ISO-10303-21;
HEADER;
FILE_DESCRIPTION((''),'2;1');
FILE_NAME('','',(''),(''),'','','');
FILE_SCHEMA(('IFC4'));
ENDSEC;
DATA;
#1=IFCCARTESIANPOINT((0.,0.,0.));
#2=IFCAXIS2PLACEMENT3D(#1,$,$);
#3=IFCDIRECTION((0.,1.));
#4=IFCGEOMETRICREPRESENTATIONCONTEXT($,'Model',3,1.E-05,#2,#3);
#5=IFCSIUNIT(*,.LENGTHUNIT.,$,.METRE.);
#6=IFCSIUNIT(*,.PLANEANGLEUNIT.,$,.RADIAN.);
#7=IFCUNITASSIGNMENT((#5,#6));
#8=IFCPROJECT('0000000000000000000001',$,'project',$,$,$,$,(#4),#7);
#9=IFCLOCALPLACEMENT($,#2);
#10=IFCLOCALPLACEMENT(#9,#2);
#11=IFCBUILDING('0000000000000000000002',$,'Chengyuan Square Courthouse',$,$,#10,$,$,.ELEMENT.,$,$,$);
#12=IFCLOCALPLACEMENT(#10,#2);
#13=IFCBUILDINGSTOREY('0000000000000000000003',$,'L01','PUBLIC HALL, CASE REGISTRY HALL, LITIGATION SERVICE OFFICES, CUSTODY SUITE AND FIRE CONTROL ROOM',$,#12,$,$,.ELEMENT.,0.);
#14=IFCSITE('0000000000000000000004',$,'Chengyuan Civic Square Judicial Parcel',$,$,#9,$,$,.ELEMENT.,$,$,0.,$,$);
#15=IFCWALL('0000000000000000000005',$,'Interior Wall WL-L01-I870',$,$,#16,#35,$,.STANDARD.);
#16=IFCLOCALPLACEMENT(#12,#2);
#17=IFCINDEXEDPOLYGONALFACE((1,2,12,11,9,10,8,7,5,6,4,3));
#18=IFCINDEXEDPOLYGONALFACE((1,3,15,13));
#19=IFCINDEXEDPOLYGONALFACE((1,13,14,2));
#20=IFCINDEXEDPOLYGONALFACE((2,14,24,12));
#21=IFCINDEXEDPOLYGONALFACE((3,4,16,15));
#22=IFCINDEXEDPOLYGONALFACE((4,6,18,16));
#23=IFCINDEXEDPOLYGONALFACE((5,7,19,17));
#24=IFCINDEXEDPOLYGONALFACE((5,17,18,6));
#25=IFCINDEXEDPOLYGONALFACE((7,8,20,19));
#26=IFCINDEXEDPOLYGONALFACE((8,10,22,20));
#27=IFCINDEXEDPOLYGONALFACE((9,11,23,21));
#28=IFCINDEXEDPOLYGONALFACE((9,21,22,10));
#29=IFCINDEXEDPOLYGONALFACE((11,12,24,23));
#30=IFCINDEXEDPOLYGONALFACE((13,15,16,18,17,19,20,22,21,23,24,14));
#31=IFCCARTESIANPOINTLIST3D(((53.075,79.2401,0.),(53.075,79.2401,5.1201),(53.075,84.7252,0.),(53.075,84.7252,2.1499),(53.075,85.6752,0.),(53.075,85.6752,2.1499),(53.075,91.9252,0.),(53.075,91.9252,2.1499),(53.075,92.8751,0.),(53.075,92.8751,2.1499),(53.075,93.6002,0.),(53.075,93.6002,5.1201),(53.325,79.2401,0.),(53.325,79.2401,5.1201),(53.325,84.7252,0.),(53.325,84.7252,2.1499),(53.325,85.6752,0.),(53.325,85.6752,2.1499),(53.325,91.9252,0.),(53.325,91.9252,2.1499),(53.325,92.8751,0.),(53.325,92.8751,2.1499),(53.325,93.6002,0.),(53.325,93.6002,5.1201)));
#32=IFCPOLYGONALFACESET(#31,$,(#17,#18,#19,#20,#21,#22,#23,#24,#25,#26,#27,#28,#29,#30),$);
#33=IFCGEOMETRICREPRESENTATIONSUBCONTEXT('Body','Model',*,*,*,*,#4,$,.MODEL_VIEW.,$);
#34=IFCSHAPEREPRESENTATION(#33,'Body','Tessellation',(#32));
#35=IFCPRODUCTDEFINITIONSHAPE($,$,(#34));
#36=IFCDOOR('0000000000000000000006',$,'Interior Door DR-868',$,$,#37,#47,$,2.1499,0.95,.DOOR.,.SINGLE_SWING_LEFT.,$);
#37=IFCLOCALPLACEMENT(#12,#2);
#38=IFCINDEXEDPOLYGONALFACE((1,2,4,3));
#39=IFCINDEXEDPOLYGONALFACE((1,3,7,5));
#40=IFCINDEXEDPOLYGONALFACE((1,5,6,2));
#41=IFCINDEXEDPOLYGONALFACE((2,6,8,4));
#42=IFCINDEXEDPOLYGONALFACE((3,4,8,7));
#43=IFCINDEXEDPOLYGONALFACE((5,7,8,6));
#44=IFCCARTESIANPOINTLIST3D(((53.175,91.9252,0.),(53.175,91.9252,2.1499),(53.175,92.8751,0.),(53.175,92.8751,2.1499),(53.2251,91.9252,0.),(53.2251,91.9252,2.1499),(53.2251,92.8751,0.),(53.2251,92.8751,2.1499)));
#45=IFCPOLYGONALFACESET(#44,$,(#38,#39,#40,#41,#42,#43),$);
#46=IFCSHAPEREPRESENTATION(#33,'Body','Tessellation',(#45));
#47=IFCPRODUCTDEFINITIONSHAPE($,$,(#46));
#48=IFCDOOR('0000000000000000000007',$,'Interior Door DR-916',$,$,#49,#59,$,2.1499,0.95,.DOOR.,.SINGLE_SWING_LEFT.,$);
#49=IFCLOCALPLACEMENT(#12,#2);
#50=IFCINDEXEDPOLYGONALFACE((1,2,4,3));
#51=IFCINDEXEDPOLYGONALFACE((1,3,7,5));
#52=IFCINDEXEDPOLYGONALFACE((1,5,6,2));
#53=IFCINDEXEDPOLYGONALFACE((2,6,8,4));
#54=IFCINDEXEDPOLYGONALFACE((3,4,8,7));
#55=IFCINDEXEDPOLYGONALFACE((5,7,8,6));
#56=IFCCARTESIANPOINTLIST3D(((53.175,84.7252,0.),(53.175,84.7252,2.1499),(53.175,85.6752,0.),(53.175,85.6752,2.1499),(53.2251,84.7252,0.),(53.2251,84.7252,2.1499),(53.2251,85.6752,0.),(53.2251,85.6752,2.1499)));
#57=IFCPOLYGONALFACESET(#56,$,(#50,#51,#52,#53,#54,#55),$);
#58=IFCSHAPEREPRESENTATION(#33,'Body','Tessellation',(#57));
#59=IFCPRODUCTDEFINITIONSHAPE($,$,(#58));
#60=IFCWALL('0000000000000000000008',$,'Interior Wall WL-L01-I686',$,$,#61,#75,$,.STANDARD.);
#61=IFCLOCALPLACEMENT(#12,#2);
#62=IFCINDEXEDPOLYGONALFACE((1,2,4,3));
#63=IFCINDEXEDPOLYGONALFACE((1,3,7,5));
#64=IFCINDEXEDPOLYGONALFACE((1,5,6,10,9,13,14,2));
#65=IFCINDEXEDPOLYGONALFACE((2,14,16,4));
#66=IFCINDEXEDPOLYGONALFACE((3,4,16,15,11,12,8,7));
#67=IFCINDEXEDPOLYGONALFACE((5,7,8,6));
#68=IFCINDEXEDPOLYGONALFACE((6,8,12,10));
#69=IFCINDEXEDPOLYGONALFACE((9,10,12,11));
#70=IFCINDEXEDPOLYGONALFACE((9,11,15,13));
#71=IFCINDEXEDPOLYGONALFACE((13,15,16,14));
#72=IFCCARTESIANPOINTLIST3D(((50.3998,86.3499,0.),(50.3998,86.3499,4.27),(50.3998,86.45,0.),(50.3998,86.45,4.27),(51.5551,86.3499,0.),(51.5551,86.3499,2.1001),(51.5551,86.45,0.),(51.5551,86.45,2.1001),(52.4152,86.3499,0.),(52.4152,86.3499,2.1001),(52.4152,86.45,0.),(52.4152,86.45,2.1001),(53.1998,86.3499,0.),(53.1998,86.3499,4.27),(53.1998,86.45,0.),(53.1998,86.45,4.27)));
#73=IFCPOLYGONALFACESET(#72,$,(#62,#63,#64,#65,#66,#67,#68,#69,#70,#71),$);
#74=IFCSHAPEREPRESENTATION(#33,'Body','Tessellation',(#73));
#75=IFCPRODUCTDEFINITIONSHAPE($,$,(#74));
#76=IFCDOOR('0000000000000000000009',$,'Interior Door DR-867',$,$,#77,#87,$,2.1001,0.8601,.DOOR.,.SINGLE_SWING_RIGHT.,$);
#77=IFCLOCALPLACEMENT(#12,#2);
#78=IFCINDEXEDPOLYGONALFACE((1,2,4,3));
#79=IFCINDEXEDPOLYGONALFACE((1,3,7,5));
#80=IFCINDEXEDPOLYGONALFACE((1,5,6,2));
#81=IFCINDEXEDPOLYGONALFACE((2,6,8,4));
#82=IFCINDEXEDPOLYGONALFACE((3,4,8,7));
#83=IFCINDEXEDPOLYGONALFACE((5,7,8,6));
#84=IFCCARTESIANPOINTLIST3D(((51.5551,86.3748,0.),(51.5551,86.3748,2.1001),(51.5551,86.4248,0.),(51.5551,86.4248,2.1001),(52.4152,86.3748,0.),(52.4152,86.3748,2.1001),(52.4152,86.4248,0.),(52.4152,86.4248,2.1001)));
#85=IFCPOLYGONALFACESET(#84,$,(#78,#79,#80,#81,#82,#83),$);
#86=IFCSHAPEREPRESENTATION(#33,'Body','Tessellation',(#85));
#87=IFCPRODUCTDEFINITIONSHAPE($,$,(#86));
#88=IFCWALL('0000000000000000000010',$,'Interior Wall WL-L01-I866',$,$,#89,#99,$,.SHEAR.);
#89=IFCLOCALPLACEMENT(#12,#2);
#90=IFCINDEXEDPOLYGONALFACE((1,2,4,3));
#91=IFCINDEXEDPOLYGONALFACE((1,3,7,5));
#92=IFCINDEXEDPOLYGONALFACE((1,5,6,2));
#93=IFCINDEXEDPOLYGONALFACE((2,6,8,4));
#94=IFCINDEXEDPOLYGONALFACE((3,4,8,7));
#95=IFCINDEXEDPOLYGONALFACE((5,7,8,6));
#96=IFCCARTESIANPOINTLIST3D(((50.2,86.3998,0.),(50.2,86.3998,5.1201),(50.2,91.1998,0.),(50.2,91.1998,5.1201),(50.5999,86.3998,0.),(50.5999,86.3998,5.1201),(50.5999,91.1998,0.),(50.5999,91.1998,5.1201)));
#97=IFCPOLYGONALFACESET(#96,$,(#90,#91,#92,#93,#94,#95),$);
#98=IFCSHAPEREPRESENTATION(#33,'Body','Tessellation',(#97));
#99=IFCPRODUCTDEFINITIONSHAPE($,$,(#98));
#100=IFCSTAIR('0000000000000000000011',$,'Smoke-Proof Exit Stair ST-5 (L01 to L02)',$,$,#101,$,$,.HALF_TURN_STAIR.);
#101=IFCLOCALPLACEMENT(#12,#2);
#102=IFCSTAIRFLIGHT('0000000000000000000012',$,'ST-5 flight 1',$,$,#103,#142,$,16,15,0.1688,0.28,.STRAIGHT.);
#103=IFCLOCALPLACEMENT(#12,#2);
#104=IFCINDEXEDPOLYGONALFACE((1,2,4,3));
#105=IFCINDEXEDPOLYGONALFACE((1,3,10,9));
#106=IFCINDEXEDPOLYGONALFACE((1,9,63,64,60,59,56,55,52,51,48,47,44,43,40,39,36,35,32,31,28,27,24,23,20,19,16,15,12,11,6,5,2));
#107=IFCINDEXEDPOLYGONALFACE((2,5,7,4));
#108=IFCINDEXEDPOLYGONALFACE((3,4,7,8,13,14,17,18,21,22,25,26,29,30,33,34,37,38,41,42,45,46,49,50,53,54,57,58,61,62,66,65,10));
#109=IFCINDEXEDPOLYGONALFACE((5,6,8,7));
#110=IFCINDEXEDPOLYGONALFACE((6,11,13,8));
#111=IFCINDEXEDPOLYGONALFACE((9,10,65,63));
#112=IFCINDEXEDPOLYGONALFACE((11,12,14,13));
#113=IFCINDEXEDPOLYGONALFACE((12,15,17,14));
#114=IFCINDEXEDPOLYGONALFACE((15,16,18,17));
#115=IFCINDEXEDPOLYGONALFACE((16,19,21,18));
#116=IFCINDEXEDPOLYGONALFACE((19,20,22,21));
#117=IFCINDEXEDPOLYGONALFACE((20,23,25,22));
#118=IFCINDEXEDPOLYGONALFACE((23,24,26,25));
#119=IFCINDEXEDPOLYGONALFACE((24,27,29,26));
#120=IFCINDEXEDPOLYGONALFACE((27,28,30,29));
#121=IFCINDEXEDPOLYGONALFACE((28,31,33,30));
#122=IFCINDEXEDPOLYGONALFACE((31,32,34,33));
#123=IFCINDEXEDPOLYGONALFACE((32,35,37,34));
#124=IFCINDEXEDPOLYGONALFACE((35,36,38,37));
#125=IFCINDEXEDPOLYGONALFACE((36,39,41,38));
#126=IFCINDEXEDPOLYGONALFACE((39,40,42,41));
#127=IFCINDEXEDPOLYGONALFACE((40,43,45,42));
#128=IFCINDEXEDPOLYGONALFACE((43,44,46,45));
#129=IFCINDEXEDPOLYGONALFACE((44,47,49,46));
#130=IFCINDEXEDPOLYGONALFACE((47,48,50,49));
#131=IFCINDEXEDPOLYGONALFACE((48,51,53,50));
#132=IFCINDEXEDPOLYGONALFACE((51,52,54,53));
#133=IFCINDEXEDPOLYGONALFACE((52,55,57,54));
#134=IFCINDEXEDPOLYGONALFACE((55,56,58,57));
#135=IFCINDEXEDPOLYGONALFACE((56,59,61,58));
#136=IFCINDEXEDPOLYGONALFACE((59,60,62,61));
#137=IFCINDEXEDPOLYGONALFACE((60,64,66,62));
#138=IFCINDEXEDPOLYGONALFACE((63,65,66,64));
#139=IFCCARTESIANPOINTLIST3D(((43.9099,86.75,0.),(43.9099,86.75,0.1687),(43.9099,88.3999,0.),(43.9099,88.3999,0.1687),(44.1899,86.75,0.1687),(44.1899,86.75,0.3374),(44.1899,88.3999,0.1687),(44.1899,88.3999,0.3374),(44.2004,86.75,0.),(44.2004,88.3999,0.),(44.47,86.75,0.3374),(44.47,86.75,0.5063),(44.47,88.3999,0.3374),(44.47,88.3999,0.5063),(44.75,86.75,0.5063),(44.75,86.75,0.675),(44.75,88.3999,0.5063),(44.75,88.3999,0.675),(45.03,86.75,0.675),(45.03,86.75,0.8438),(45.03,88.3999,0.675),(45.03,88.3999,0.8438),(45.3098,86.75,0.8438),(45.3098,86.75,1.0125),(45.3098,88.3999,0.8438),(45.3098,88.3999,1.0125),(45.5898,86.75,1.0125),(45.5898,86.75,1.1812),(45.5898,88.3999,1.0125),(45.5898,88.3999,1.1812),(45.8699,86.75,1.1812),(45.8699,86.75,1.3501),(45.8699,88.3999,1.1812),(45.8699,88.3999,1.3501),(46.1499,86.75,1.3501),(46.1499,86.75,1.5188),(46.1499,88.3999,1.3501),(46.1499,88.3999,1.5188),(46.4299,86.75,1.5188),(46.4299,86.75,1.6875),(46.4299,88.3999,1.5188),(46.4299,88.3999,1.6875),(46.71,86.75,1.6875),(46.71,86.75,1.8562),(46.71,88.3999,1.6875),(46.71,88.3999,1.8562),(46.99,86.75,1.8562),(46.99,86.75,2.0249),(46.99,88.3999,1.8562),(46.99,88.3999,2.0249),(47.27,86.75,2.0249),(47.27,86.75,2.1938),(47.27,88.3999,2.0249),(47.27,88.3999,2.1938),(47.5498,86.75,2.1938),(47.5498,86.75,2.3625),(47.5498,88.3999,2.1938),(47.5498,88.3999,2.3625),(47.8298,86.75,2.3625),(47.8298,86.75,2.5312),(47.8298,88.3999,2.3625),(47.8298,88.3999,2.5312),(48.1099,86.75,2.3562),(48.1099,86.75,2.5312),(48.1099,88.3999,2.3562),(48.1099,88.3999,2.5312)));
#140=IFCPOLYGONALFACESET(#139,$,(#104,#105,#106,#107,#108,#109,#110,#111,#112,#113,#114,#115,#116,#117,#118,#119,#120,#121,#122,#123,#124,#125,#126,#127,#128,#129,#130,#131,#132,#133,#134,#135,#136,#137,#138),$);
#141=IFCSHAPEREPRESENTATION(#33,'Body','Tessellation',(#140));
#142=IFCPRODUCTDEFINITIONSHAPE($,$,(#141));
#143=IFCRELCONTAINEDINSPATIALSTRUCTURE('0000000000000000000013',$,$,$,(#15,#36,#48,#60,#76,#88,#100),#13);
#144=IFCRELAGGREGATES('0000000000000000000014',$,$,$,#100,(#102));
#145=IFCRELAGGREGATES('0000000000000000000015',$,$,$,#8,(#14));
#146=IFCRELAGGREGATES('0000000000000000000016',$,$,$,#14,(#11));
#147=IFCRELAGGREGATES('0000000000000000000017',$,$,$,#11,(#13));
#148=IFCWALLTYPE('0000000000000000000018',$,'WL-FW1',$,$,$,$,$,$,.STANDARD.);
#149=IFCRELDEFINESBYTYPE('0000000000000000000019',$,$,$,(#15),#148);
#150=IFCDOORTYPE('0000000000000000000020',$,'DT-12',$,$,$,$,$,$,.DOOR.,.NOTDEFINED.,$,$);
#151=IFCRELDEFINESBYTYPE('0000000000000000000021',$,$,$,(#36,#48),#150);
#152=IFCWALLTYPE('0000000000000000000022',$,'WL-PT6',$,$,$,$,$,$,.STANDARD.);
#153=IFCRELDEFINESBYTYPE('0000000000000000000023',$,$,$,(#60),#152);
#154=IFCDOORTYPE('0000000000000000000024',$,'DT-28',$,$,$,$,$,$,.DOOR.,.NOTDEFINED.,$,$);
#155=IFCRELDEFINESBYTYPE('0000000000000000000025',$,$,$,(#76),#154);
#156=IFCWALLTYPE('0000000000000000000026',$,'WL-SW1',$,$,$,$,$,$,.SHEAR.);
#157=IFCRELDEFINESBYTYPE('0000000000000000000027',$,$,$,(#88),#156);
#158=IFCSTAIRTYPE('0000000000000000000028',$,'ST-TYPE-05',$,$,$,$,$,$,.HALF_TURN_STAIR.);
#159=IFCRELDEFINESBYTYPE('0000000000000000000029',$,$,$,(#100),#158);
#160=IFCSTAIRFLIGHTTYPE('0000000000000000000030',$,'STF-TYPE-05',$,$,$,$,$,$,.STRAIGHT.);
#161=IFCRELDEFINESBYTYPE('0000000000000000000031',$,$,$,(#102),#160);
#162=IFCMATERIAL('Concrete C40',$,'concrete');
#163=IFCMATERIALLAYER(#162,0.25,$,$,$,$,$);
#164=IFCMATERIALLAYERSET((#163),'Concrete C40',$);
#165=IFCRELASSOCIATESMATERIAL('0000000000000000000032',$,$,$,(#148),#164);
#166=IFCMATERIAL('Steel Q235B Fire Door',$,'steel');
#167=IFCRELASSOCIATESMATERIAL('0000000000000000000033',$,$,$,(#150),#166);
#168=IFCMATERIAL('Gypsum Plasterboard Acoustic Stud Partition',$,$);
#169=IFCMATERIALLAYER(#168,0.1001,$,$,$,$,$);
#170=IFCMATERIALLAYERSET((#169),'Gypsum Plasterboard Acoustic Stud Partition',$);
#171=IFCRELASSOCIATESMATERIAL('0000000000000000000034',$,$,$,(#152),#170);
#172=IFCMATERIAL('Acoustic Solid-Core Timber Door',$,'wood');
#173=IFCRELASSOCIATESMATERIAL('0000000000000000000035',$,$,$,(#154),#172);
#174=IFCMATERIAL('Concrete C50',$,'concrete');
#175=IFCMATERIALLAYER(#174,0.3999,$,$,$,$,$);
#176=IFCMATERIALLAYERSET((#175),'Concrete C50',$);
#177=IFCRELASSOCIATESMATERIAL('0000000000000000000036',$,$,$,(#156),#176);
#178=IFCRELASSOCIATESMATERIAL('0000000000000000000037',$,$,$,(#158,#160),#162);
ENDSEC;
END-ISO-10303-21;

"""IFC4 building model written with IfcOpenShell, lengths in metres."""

from ifc_helpers import new_model, si_unit, direction, frame, frame_2d, origin, place, context, subcontext, project, spatial, polyline, rectangle, outline, extrude, material, layer, layer_set, type_object, element, fill, aggregate, save


model = new_model("IFC4")

# Units and contexts
model_context = context("Model", 3, precision=1e-05, world=origin(), true_north=direction((0.0, 1.0)))
body_context = subcontext(model_context, "Body", "Model", "MODEL_VIEW")
ifc_project = project(units=[si_unit("LENGTHUNIT", "METRE"), si_unit("PLANEANGLEUNIT", "RADIAN")], contexts=[model_context])

# Site, building, storey
site_placement = place(None, origin())
site = spatial("IfcSite", under=ifc_project, at=site_placement, Name="Chengyuan Civic Square Judicial Parcel", CompositionType="ELEMENT", RefElevation=0.0)
building_placement = place(site_placement, origin())
building = spatial("IfcBuilding", under=site, at=building_placement, Name="Chengyuan Square Courthouse", CompositionType="ELEMENT")
storey_placement = place(building_placement, origin())
storey = spatial("IfcBuildingStorey", under=building, at=storey_placement, Name="L01", Description="PUBLIC HALL, CASE REGISTRY HALL, LITIGATION SERVICE OFFICES, CUSTODY SUITE AND FIRE CONTROL ROOM", CompositionType="ELEMENT", Elevation=0.0)

# Shared definitions
ifc_material_1 = material(Name="Concrete C50", Category="concrete")

# Shared definitions
ifc_material_2 = material(Name="Concrete C40", Category="concrete")

# Shared definitions
ifc_layer_1 = layer(ifc_material_2, 0.25)
ifc_layer_set_1 = layer_set([ifc_layer_1], Name="Concrete C40")
wall_type_1 = type_object("IfcWallType", Name="WL-FW1", PredefinedType="STANDARD", material=ifc_layer_set_1)
ifc_material_3 = material(Name="Steel Q235B Fire Door", Category="steel")
door_type_1 = type_object("IfcDoorType", Name="DT-12", OperationType="NOTDEFINED", PredefinedType="DOOR", material=ifc_material_3)

# Wall, openings, doors
wall_1_placement = place(storey_placement, frame((53.2, 79.24, 0.0), z_axis=(0.0, 0.0, 1.0), x_axis=(0.0, 1.0, 0.0)))
wall_1 = element("IfcWall", 1, at=wall_1_placement, inside=storey, type_object=wall_type_1, Name="Interior Wall WL-L01-I870", PredefinedType="STANDARD", context=body_context, shape_type="SweptSolid", body=[
    extrude(rectangle(XDim=14.3601, YDim=0.25, at=frame_2d((7.1802, 0.0))), origin(), (0.0, 0.0, 1.0), 5.1201),
])
opening_1_placement = place(wall_1_placement, frame((12.6851, 0.0, 0.0)))
opening_1 = element("IfcOpeningElement", 2, at=opening_1_placement, cuts=wall_1, PredefinedType="OPENING", context=body_context, shape_type="SweptSolid", body=[
    extrude(rectangle(XDim=0.95, YDim=2.1499, at=frame_2d((0.4751, 1.075))), frame((0.0, 0.137, 0.0), z_axis=(0.0, -1.0, 0.0), x_axis=(1.0, 0.0, 0.0)), (0.0, 0.0, 1.0), 0.2739),
])
opening_2_placement = place(wall_1_placement, frame((5.4851, 0.0, 0.0)))
opening_2 = element("IfcOpeningElement", 3, at=opening_2_placement, cuts=wall_1, PredefinedType="OPENING", context=body_context, shape_type="SweptSolid", body=[
    extrude(rectangle(XDim=0.95, YDim=2.1499, at=frame_2d((0.4751, 1.075))), frame((0.0, 0.137, 0.0), z_axis=(0.0, -1.0, 0.0), x_axis=(1.0, 0.0, 0.0)), (0.0, 0.0, 1.0), 0.2739),
])
door_1_placement = place(opening_1_placement, origin())
door_1 = element("IfcDoor", 4, at=door_1_placement, inside=storey, type_object=door_type_1, Name="Interior Door DR-868", OperationType="SINGLE_SWING_LEFT", OverallHeight=2.1499, OverallWidth=0.95, PredefinedType="DOOR", context=body_context, shape_type="SweptSolid", body=[
    extrude(rectangle(XDim=0.95, YDim=2.1499, at=frame_2d((0.4751, 1.075))), frame((0.0, 0.0249, 0.0), z_axis=(0.0, -1.0, 0.0), x_axis=(1.0, 0.0, 0.0)), (0.0, 0.0, 1.0), 0.05),
])
fill(opening_1, door_1)
door_2_placement = place(opening_2_placement, origin())
door_2 = element("IfcDoor", 5, at=door_2_placement, inside=storey, type_object=door_type_1, Name="Interior Door DR-916", OperationType="SINGLE_SWING_LEFT", OverallHeight=2.1499, OverallWidth=0.95, PredefinedType="DOOR", context=body_context, shape_type="SweptSolid", body=[
    extrude(rectangle(XDim=0.95, YDim=2.1499, at=frame_2d((0.4751, 1.075))), frame((0.0, 0.0249, 0.0), z_axis=(0.0, -1.0, 0.0), x_axis=(1.0, 0.0, 0.0)), (0.0, 0.0, 1.0), 0.05),
])
fill(opening_2, door_2)

# Wall, opening, door
ifc_material_4 = material(Name="Gypsum Plasterboard Acoustic Stud Partition")
ifc_layer_2 = layer(ifc_material_4, 0.1001)
ifc_layer_set_2 = layer_set([ifc_layer_2], Name="Gypsum Plasterboard Acoustic Stud Partition")
wall_type_2 = type_object("IfcWallType", Name="WL-PT6", PredefinedType="STANDARD", material=ifc_layer_set_2)
wall_2_placement = place(storey_placement, frame((50.3999, 86.3999, 0.0), z_axis=(0.0, 0.0, 1.0), x_axis=(1.0, 0.0, 0.0)))
wall_2 = element("IfcWall", 6, at=wall_2_placement, inside=storey, type_object=wall_type_2, Name="Interior Wall WL-L01-I686", PredefinedType="STANDARD", context=body_context, shape_type="SweptSolid", body=[
    extrude(rectangle(XDim=2.8, YDim=0.1001, at=frame_2d((1.3999, 0.0))), origin(), (0.0, 0.0, 1.0), 4.27),
])
opening_3_placement = place(wall_2_placement, frame((1.155, 0.0, 0.0)))
opening_3 = element("IfcOpeningElement", 7, at=opening_3_placement, cuts=wall_2, PredefinedType="OPENING", context=body_context, shape_type="SweptSolid", body=[
    extrude(rectangle(XDim=0.8601, YDim=2.1001, at=frame_2d((0.4302, 1.05))), frame((0.0, 0.062, 0.0), z_axis=(0.0, -1.0, 0.0), x_axis=(1.0, 0.0, 0.0)), (0.0, 0.0, 1.0), 0.124),
])
ifc_material_5 = material(Name="Acoustic Solid-Core Timber Door", Category="wood")
door_type_2 = type_object("IfcDoorType", Name="DT-28", OperationType="NOTDEFINED", PredefinedType="DOOR", material=ifc_material_5)
door_3_placement = place(opening_3_placement, origin())
door_3 = element("IfcDoor", 8, at=door_3_placement, inside=storey, type_object=door_type_2, Name="Interior Door DR-867", OperationType="SINGLE_SWING_RIGHT", OverallHeight=2.1001, OverallWidth=0.8601, PredefinedType="DOOR", context=body_context, shape_type="SweptSolid", body=[
    extrude(rectangle(XDim=0.8601, YDim=2.1001, at=frame_2d((0.4302, 1.05))), frame((0.0, 0.0249, 0.0), z_axis=(0.0, -1.0, 0.0), x_axis=(1.0, 0.0, 0.0)), (0.0, 0.0, 1.0), 0.05),
])
fill(opening_3, door_3)

# Wall
ifc_layer_3 = layer(ifc_material_1, 0.3999)
ifc_layer_set_3 = layer_set([ifc_layer_3], Name="Concrete C50")
wall_type_3 = type_object("IfcWallType", Name="WL-SW1", PredefinedType="SHEAR", material=ifc_layer_set_3)
wall_3_placement = place(storey_placement, frame((50.3999, 86.3999, 0.0), z_axis=(0.0, 0.0, 1.0), x_axis=(0.0, 1.0, 0.0)))
element("IfcWall", 9, at=wall_3_placement, inside=storey, type_object=wall_type_3, Name="Interior Wall WL-L01-I866", PredefinedType="SHEAR", context=body_context, shape_type="SweptSolid", body=[
    extrude(rectangle(XDim=4.8, YDim=0.3999, at=frame_2d((2.3999, 0.0))), origin(), (0.0, 0.0, 1.0), 5.1201),
])

# Stair, stair flight
stair_type = type_object("IfcStairType", Name="ST-TYPE-05", PredefinedType="HALF_TURN_STAIR", material=ifc_material_2)
stair_placement = place(storey_placement, origin())
stair = element("IfcStair", 10, at=stair_placement, inside=storey, type_object=stair_type, Name="Smoke-Proof Exit Stair ST-5 (L01 to L02)", PredefinedType="HALF_TURN_STAIR")
stair_flight_type = type_object("IfcStairFlightType", Name="STF-TYPE-05", PredefinedType="STRAIGHT", material=ifc_material_2)
stair_flight_placement = place(storey_placement, frame((43.9099, 87.575, 0.0), z_axis=(0.0, 0.0, 1.0), x_axis=(1.0, 0.0, 0.0)))
stair_flight = element("IfcStairFlight", 11, at=stair_flight_placement, type_object=stair_flight_type, Name="ST-5 flight 1", NumberOfRisers=16, NumberOfTreads=15, PredefinedType="STRAIGHT", RiserHeight=0.1688, TreadLength=0.28, context=body_context, shape_type="SweptSolid", body=[
    extrude(outline(polyline([(0.0, 0.0), (0.0, 0.1687), (0.28, 0.1687), (0.28, 0.3374), (0.5601, 0.3374), (0.5601, 0.5063), (0.8401, 0.5063), (0.8401, 0.675), (1.1201, 0.675), (1.1201, 0.8438), (1.3999, 0.8438), (1.3999, 1.0125), (1.6799, 1.0125), (1.6799, 1.1812), (1.96, 1.1812), (1.96, 1.3501), (2.24, 1.3501), (2.24, 1.5188), (2.52, 1.5188), (2.52, 1.6875), (2.8, 1.6875), (2.8, 1.8562), (3.0801, 1.8562), (3.0801, 2.0249), (3.3601, 2.0249), (3.3601, 2.1938), (3.6399, 2.1938), (3.6399, 2.3625), (3.9199, 2.3625), (3.9199, 2.5312), (4.2, 2.5312), (4.2, 2.7), (4.2, 2.3562), (0.2905, 0.0), (0.0, 0.0)])), frame((0.0, 0.825, 0.0), z_axis=(0.0, -1.0, 0.0), x_axis=(1.0, 0.0, 0.0)), (0.0, 0.0, 1.0), 1.6499),
])
aggregate(stair, [stair_flight])

save(model, "model.ifc")
